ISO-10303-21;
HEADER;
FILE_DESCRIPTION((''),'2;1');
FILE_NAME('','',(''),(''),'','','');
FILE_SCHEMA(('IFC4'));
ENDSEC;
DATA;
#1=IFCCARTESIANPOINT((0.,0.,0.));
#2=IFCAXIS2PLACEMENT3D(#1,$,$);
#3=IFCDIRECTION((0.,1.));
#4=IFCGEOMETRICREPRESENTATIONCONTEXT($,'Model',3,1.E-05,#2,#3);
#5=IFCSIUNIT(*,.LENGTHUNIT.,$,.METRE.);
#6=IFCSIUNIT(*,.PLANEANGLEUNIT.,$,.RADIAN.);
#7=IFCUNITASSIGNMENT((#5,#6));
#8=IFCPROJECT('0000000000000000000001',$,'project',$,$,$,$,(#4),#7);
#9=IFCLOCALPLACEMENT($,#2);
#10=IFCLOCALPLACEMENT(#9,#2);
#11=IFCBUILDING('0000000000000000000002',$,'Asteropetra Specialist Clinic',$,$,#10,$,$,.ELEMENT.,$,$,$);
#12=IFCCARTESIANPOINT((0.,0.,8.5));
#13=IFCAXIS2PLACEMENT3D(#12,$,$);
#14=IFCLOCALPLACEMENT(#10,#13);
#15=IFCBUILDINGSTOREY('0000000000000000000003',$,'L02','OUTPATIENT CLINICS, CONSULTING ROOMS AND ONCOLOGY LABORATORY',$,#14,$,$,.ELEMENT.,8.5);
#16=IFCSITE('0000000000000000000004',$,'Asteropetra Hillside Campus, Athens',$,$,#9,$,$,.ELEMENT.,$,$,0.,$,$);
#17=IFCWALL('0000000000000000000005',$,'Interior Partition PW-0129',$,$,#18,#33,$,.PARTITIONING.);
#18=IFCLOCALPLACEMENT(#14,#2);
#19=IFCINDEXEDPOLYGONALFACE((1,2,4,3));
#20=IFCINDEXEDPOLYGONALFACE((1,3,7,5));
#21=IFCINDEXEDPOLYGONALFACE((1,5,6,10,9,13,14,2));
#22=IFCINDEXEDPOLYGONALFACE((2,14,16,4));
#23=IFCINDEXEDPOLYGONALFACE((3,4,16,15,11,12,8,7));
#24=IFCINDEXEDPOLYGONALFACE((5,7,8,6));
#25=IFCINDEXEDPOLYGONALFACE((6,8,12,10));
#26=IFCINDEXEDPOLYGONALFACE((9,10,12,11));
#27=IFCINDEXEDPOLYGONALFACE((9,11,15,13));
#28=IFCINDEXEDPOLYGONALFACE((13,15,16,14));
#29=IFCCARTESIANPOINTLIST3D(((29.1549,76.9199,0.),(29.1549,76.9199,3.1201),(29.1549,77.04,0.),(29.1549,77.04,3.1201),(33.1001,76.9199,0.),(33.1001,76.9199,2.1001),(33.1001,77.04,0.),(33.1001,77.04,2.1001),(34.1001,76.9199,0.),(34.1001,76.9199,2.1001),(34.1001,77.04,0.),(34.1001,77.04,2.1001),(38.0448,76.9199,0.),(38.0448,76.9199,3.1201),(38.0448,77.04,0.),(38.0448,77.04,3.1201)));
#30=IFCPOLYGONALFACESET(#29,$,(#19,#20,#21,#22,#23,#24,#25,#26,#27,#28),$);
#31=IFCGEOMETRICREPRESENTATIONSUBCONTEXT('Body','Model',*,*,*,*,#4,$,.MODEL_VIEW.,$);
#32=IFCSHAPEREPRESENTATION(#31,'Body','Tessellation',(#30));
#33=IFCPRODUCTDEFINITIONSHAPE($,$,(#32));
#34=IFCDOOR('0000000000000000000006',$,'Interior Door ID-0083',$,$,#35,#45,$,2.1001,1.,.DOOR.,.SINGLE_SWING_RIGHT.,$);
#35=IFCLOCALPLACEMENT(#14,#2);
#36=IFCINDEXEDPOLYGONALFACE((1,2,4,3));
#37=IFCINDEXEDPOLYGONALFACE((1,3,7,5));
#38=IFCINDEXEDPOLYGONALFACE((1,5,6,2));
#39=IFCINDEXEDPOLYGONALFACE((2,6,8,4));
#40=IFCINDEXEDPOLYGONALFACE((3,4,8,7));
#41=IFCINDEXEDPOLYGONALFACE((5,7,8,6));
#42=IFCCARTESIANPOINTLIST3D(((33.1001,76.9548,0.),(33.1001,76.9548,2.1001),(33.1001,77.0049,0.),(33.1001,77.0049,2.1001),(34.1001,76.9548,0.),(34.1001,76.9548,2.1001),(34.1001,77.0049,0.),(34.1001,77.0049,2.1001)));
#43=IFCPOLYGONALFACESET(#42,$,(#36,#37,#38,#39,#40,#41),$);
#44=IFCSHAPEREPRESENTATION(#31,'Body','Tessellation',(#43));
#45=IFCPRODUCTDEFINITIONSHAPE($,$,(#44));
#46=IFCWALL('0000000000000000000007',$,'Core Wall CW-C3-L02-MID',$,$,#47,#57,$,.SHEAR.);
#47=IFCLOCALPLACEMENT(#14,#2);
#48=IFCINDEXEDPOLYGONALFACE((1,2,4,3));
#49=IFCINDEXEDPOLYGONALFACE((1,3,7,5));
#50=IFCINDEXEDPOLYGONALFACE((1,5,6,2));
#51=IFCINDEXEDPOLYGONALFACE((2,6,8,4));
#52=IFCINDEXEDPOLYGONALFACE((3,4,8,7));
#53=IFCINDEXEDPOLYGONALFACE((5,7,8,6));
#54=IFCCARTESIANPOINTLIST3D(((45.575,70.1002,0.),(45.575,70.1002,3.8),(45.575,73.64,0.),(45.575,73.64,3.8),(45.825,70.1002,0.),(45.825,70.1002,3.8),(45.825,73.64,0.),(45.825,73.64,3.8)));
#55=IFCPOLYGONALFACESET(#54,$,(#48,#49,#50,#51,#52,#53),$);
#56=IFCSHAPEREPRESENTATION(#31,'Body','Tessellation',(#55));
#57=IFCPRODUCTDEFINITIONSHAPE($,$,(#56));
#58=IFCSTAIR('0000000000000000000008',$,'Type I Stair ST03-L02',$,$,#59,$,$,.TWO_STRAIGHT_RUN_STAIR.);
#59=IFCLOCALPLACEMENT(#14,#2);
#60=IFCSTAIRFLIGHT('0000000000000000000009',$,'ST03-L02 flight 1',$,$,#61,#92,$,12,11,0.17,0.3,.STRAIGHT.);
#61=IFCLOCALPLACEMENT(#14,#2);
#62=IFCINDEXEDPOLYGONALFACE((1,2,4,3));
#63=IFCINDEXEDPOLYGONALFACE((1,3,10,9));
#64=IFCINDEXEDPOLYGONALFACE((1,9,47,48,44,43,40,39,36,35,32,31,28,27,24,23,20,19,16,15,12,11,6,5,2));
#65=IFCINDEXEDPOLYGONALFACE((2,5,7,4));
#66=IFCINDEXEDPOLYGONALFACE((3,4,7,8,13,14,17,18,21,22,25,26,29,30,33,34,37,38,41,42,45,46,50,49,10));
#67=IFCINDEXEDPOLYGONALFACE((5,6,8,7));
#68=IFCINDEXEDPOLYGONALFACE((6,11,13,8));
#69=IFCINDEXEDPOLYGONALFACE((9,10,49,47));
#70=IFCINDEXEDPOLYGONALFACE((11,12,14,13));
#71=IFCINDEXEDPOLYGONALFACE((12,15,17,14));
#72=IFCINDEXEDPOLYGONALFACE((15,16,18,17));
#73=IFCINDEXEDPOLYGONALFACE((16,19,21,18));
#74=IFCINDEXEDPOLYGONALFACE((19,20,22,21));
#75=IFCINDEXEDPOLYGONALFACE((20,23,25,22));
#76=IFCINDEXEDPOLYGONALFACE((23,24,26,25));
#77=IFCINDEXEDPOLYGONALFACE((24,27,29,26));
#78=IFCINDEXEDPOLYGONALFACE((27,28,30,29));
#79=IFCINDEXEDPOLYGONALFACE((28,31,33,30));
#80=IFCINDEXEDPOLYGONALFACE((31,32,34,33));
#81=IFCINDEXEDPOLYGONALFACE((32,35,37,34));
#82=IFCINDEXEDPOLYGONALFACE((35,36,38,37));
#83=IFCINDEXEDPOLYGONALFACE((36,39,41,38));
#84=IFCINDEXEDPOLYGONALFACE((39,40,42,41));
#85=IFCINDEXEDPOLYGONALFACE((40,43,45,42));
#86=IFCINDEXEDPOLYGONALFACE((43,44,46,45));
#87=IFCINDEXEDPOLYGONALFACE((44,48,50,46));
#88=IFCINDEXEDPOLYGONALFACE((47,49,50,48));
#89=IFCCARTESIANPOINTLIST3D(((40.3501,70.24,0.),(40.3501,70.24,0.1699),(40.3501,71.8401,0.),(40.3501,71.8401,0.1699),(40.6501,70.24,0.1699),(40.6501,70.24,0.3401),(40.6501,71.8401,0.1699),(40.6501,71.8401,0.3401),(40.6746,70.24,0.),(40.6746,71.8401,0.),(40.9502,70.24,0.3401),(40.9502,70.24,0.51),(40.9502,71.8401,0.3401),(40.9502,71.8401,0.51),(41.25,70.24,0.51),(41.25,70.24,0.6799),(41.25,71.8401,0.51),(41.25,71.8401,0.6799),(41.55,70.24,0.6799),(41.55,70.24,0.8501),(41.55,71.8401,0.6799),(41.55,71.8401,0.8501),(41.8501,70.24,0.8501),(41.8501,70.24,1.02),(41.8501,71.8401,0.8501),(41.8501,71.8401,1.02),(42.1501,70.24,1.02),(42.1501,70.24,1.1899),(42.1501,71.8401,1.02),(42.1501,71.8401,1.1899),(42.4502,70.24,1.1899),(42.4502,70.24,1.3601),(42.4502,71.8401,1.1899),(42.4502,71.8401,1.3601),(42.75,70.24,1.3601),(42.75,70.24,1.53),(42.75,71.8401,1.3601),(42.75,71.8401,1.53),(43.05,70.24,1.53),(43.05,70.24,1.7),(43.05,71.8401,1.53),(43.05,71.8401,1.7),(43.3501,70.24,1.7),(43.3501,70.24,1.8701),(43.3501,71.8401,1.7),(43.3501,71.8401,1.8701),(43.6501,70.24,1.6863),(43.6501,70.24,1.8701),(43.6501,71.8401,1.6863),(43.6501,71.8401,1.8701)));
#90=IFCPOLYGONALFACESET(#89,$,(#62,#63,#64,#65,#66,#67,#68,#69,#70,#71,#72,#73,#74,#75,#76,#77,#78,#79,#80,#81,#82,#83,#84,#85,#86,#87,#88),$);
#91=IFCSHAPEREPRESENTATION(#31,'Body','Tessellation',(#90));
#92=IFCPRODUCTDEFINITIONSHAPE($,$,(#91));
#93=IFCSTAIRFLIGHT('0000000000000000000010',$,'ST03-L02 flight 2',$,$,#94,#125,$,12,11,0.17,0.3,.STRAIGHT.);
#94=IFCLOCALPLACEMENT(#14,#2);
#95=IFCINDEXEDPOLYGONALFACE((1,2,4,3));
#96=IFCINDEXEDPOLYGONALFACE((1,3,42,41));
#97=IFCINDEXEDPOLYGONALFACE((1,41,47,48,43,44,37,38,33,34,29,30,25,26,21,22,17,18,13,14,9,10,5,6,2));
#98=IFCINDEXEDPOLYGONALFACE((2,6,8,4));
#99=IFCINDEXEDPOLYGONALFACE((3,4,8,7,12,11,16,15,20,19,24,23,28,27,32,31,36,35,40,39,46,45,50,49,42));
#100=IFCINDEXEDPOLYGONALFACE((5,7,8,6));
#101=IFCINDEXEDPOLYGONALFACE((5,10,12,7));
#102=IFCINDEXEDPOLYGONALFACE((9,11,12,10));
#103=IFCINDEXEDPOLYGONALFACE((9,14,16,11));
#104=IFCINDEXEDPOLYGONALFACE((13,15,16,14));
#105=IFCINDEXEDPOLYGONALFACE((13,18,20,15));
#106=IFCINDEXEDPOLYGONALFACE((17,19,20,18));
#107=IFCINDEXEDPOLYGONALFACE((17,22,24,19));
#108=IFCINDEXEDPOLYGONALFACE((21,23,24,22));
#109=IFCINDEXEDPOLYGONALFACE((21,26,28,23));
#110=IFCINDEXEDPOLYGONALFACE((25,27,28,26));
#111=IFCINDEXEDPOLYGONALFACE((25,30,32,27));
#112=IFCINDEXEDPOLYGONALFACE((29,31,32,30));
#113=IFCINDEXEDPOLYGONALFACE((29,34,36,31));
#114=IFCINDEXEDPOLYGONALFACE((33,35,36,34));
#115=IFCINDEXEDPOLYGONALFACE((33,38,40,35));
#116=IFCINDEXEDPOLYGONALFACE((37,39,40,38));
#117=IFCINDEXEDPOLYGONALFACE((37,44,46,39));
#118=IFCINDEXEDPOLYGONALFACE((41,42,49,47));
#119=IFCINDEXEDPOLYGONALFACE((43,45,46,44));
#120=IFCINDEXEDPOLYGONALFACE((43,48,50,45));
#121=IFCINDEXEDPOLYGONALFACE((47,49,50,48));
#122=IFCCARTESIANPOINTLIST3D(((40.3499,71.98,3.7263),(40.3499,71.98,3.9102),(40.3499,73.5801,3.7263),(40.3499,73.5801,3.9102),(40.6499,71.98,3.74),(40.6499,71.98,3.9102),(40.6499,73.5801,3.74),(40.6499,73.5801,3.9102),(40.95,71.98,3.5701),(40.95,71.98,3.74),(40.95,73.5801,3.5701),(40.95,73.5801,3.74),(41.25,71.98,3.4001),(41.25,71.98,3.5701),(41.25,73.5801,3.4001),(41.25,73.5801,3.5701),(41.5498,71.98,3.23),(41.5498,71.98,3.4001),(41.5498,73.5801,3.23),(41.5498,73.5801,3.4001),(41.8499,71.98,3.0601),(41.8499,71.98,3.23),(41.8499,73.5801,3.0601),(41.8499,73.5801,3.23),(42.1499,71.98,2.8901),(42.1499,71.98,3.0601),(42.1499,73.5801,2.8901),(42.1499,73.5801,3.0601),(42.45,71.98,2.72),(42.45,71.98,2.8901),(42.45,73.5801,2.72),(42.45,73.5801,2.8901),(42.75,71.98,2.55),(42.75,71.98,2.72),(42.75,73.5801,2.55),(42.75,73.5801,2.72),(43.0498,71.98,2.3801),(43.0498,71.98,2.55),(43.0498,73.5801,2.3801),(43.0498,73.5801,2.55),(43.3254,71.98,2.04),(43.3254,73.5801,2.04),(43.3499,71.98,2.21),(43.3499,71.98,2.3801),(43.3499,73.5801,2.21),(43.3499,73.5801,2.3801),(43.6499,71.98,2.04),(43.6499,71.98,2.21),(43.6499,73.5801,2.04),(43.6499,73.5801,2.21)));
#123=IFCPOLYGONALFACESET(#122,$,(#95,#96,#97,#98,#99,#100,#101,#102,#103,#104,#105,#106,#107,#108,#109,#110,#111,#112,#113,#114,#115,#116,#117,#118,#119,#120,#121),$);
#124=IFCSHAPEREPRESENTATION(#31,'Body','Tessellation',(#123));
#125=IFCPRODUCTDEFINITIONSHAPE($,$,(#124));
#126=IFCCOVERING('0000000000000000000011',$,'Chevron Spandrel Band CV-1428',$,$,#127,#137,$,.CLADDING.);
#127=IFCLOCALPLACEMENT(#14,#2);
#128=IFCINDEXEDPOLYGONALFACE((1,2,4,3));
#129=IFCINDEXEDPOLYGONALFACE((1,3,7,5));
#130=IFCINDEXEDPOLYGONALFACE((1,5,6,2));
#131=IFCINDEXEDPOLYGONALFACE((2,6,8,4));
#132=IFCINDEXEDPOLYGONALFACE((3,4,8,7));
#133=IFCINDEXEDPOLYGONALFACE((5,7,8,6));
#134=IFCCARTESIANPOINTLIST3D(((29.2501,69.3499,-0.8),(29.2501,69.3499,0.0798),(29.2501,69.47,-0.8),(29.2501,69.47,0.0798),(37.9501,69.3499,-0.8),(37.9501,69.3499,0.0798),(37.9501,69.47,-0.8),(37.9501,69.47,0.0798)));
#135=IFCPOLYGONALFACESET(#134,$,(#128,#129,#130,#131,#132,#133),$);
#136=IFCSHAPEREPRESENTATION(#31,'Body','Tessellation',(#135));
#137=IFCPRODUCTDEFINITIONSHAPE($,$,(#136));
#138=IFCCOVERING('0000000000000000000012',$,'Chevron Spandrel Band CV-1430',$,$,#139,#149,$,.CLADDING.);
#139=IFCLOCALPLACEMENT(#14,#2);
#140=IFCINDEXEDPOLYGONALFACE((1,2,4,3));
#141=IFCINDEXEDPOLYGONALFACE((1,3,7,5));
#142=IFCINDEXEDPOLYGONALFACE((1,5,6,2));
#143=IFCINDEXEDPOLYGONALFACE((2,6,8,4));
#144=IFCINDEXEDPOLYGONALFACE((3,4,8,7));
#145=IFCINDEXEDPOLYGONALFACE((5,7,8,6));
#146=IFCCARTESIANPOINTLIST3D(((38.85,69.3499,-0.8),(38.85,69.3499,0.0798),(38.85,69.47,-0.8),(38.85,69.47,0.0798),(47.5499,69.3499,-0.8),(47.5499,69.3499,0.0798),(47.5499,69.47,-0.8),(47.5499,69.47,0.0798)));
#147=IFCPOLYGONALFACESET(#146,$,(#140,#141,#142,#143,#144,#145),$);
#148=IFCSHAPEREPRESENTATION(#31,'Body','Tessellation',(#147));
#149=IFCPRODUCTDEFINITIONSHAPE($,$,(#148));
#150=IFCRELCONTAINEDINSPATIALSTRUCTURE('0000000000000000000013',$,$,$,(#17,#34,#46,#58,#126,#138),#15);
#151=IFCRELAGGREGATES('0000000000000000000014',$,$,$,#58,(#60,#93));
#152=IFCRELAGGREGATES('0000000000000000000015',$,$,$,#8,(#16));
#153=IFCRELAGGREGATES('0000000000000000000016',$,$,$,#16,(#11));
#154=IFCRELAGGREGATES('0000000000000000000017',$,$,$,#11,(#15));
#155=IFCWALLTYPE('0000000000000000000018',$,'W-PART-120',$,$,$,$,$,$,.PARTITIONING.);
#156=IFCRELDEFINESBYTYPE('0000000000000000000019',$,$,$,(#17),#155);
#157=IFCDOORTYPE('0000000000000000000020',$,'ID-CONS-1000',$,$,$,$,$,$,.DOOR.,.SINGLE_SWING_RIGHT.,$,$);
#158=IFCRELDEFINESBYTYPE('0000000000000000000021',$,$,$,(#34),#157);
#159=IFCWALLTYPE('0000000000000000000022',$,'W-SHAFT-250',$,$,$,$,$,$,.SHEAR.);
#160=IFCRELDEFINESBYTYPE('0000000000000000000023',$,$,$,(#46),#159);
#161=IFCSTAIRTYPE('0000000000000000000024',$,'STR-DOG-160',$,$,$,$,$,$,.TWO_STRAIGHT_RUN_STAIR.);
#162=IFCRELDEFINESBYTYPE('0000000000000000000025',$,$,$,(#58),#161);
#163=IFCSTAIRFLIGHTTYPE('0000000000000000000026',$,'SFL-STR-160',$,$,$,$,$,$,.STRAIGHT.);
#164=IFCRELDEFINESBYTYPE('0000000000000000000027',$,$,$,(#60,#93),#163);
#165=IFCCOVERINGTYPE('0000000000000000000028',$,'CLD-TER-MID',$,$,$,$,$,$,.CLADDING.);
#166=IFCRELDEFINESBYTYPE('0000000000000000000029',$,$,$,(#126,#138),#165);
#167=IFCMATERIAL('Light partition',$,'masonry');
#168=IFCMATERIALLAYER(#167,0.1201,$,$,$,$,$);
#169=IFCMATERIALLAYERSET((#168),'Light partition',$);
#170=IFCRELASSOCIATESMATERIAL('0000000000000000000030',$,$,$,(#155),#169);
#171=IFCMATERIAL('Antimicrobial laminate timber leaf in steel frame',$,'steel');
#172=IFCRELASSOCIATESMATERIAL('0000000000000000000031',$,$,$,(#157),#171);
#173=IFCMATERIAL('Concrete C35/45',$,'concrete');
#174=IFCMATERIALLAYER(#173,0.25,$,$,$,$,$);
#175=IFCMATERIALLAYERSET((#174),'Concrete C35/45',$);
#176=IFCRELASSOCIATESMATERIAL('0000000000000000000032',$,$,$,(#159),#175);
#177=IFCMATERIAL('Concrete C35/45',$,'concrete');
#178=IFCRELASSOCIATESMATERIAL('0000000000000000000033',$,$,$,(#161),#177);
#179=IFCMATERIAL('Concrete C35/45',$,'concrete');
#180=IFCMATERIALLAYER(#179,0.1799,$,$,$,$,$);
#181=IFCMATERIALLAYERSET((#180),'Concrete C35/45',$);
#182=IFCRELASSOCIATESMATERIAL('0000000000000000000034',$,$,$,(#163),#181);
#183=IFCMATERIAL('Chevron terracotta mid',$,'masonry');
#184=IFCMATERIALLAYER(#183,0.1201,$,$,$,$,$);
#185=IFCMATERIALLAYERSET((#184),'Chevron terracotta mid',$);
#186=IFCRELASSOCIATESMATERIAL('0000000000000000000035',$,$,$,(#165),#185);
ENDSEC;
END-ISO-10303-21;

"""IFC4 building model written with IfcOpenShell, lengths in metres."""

from ifc_helpers import new_model, si_unit, direction, frame, frame_2d, origin, origin_2d, place, context, subcontext, project, spatial, polyline, rectangle, outline, extrude, material, layer, layer_set, type_object, element, fill, aggregate, save


model = new_model("IFC4")

# Units and contexts
model_context = context("Model", 3, precision=1e-05, world=origin(), true_north=direction((0.0, 1.0)))
body_context = subcontext(model_context, "Body", "Model", "MODEL_VIEW")
ifc_project = project(units=[si_unit("LENGTHUNIT", "METRE"), si_unit("PLANEANGLEUNIT", "RADIAN")], contexts=[model_context])

# Site, building, storey
site_placement = place(None, origin())
site = spatial("IfcSite", under=ifc_project, at=site_placement, Name="Asteropetra Hillside Campus, Athens", CompositionType="ELEMENT", RefElevation=0.0)
building_placement = place(site_placement, origin())
building = spatial("IfcBuilding", under=site, at=building_placement, Name="Asteropetra Specialist Clinic", CompositionType="ELEMENT")
storey_placement = place(building_placement, frame((0.0, 0.0, 8.5)))
storey = spatial("IfcBuildingStorey", under=building, at=storey_placement, Name="L02", Description="OUTPATIENT CLINICS, CONSULTING ROOMS AND ONCOLOGY LABORATORY", CompositionType="ELEMENT", Elevation=8.5)

# Wall, opening, door
ifc_material_1 = material(Name="Light partition", Category="masonry")
ifc_layer_1 = layer(ifc_material_1, 0.1201)
ifc_layer_set_1 = layer_set([ifc_layer_1], Name="Light partition")
wall_type_1 = type_object("IfcWallType", Name="W-PART-120", PredefinedType="PARTITIONING", material=ifc_layer_set_1)
wall_1_placement = place(storey_placement, frame((29.155, 76.98, 0.0), z_axis=(0.0, 0.0, 1.0), x_axis=(1.0, 0.0, 0.0)))
wall_1 = element("IfcWall", 1, at=wall_1_placement, inside=storey, type_object=wall_type_1, Name="Interior Partition PW-0129", PredefinedType="PARTITIONING", context=body_context, shape_type="SweptSolid", body=[
    extrude(rectangle(XDim=8.8899, YDim=0.1201, at=frame_2d((4.4448, 0.0))), origin(), (0.0, 0.0, 1.0), 3.1201),
])
opening_1_placement = place(wall_1_placement, frame((3.9451, 0.0, 0.0)))
opening_1 = element("IfcOpeningElement", 2, at=opening_1_placement, cuts=wall_1, PredefinedType="OPENING", context=body_context, shape_type="SweptSolid", body=[
    extrude(rectangle(XDim=1.0, YDim=2.1001, at=frame_2d((0.5, 1.05))), frame((0.0, 0.0701, 0.0), z_axis=(0.0, -1.0, 0.0), x_axis=(1.0, 0.0, 0.0)), (0.0, 0.0, 1.0), 0.1401),
])
ifc_material_2 = material(Name="Antimicrobial laminate timber leaf in steel frame", Category="steel")
door_type_1 = type_object("IfcDoorType", Name="ID-CONS-1000", OperationType="SINGLE_SWING_RIGHT", PredefinedType="DOOR", material=ifc_material_2)
door_1_placement = place(opening_1_placement, origin())
door_1 = element("IfcDoor", 3, at=door_1_placement, inside=storey, type_object=door_type_1, Name="Interior Door ID-0083", OperationType="SINGLE_SWING_RIGHT", OverallHeight=2.1001, OverallWidth=1.0, PredefinedType="DOOR", context=body_context, shape_type="SweptSolid", body=[
    extrude(rectangle(XDim=1.0, YDim=2.1001, at=frame_2d((0.5, 1.05))), frame((0.0, 0.0249, 0.0), z_axis=(0.0, -1.0, 0.0), x_axis=(1.0, 0.0, 0.0)), (0.0, 0.0, 1.0), 0.05),
])
fill(opening_1, door_1)

# Wall
ifc_material_3 = material(Name="Concrete C35/45", Category="concrete")
ifc_layer_2 = layer(ifc_material_3, 0.25)
ifc_layer_set_2 = layer_set([ifc_layer_2], Name="Concrete C35/45")
wall_type_2 = type_object("IfcWallType", Name="W-SHAFT-250", PredefinedType="SHEAR", material=ifc_layer_set_2)
wall_2_placement = place(storey_placement, frame((45.7, 70.1001, 0.0), z_axis=(0.0, 0.0, 1.0), x_axis=(0.0, 1.0, 0.0)))
element("IfcWall", 4, at=wall_2_placement, inside=storey, type_object=wall_type_2, Name="Core Wall CW-C3-L02-MID", PredefinedType="SHEAR", context=body_context, shape_type="SweptSolid", body=[
    extrude(rectangle(XDim=3.5398, YDim=0.25, at=frame_2d((1.77, 0.0))), origin(), (0.0, 0.0, 1.0), 3.8),
])

# Stair, stair flights
ifc_material_4 = material(Name="Concrete C35/45", Category="concrete")
stair_type = type_object("IfcStairType", Name="STR-DOG-160", PredefinedType="TWO_STRAIGHT_RUN_STAIR", material=ifc_material_4)
stair_placement = place(storey_placement, origin())
stair = element("IfcStair", 5, at=stair_placement, inside=storey, type_object=stair_type, Name="Type I Stair ST03-L02", PredefinedType="TWO_STRAIGHT_RUN_STAIR")
ifc_material_5 = material(Name="Concrete C35/45", Category="concrete")
ifc_layer_3 = layer(ifc_material_5, 0.1799)
ifc_layer_set_3 = layer_set([ifc_layer_3], Name="Concrete C35/45")
stair_flight_type = type_object("IfcStairFlightType", Name="SFL-STR-160", PredefinedType="STRAIGHT", material=ifc_layer_set_3)
stair_flight_1_placement = place(storey_placement, frame((40.3501, 71.04, 0.0), z_axis=(0.0, 0.0, 1.0), x_axis=(1.0, 0.0, 0.0)))
stair_flight_1 = element("IfcStairFlight", 6, at=stair_flight_1_placement, type_object=stair_flight_type, Name="ST03-L02 flight 1", NumberOfRisers=12, NumberOfTreads=11, PredefinedType="STRAIGHT", RiserHeight=0.17, TreadLength=0.3, context=body_context, shape_type="SweptSolid", body=[
    extrude(outline(polyline([(0.0, 0.0), (0.0, 0.1699), (0.3, 0.1699), (0.3, 0.3401), (0.6001, 0.3401), (0.6001, 0.51), (0.8999, 0.51), (0.8999, 0.6799), (1.2, 0.6799), (1.2, 0.8501), (1.5, 0.8501), (1.5, 1.02), (1.8, 1.02), (1.8, 1.1899), (2.1001, 1.1899), (2.1001, 1.3601), (2.3999, 1.3601), (2.3999, 1.53), (2.7, 1.53), (2.7, 1.7), (3.0, 1.7), (3.0, 1.8701), (3.3, 1.8701), (3.3, 2.04), (3.3, 1.6863), (0.3245, 0.0), (0.0, 0.0)])), frame((0.0, 0.8, 0.0), z_axis=(0.0, -1.0, 0.0), x_axis=(1.0, 0.0, 0.0)), (0.0, 0.0, 1.0), 1.6001),
])
stair_flight_2_placement = place(storey_placement, frame((43.6499, 72.78, 2.04), z_axis=(0.0, 0.0, 1.0), x_axis=(-1.0, 0.0, 0.0)))
stair_flight_2 = element("IfcStairFlight", 7, at=stair_flight_2_placement, type_object=stair_flight_type, Name="ST03-L02 flight 2", NumberOfRisers=12, NumberOfTreads=11, PredefinedType="STRAIGHT", RiserHeight=0.17, TreadLength=0.3, context=body_context, shape_type="SweptSolid", body=[
    extrude(outline(polyline([(0.0, 0.0), (0.0, 0.1699), (0.3, 0.1699), (0.3, 0.3401), (0.6001, 0.3401), (0.6001, 0.51), (0.8999, 0.51), (0.8999, 0.6799), (1.2, 0.6799), (1.2, 0.8501), (1.5, 0.8501), (1.5, 1.02), (1.8, 1.02), (1.8, 1.1899), (2.1001, 1.1899), (2.1001, 1.3601), (2.3999, 1.3601), (2.3999, 1.53), (2.7, 1.53), (2.7, 1.7), (3.0, 1.7), (3.0, 1.8701), (3.3, 1.8701), (3.3, 2.04), (3.3, 1.6863), (0.3245, 0.0), (0.0, 0.0)])), frame((0.0, 0.8, 0.0), z_axis=(0.0, -1.0, 0.0), x_axis=(1.0, 0.0, 0.0)), (0.0, 0.0, 1.0), 1.6001),
])
aggregate(stair, [stair_flight_1, stair_flight_2])

# Coverings
ifc_material_6 = material(Name="Chevron terracotta mid", Category="masonry")
ifc_layer_4 = layer(ifc_material_6, 0.1201)
ifc_layer_set_4 = layer_set([ifc_layer_4], Name="Chevron terracotta mid")
covering_type = type_object("IfcCoveringType", Name="CLD-TER-MID", PredefinedType="CLADDING", material=ifc_layer_set_4)
for number, where, z_axis, x_axis, name in (
    (8, (33.6001, 69.4099, -0.8), (0.0, 0.0, 1.0), (1.0, 0.0, 0.0), "Chevron Spandrel Band CV-1428"),
    (9, (43.2, 69.4099, -0.8), (0.0, 0.0, 1.0), (1.0, 0.0, 0.0), "Chevron Spandrel Band CV-1430"),
):
    element("IfcCovering", number, at=place(storey_placement, frame(where, z_axis=z_axis, x_axis=x_axis)), inside=storey, type_object=covering_type, Name=name, PredefinedType="CLADDING", context=body_context, shape_type="SweptSolid", body=[
        extrude(rectangle(XDim=8.7, YDim=0.1201, at=origin_2d()), origin(), (0.0, 0.0, 1.0), 0.8799),
    ])

save(model, "model.ifc")
